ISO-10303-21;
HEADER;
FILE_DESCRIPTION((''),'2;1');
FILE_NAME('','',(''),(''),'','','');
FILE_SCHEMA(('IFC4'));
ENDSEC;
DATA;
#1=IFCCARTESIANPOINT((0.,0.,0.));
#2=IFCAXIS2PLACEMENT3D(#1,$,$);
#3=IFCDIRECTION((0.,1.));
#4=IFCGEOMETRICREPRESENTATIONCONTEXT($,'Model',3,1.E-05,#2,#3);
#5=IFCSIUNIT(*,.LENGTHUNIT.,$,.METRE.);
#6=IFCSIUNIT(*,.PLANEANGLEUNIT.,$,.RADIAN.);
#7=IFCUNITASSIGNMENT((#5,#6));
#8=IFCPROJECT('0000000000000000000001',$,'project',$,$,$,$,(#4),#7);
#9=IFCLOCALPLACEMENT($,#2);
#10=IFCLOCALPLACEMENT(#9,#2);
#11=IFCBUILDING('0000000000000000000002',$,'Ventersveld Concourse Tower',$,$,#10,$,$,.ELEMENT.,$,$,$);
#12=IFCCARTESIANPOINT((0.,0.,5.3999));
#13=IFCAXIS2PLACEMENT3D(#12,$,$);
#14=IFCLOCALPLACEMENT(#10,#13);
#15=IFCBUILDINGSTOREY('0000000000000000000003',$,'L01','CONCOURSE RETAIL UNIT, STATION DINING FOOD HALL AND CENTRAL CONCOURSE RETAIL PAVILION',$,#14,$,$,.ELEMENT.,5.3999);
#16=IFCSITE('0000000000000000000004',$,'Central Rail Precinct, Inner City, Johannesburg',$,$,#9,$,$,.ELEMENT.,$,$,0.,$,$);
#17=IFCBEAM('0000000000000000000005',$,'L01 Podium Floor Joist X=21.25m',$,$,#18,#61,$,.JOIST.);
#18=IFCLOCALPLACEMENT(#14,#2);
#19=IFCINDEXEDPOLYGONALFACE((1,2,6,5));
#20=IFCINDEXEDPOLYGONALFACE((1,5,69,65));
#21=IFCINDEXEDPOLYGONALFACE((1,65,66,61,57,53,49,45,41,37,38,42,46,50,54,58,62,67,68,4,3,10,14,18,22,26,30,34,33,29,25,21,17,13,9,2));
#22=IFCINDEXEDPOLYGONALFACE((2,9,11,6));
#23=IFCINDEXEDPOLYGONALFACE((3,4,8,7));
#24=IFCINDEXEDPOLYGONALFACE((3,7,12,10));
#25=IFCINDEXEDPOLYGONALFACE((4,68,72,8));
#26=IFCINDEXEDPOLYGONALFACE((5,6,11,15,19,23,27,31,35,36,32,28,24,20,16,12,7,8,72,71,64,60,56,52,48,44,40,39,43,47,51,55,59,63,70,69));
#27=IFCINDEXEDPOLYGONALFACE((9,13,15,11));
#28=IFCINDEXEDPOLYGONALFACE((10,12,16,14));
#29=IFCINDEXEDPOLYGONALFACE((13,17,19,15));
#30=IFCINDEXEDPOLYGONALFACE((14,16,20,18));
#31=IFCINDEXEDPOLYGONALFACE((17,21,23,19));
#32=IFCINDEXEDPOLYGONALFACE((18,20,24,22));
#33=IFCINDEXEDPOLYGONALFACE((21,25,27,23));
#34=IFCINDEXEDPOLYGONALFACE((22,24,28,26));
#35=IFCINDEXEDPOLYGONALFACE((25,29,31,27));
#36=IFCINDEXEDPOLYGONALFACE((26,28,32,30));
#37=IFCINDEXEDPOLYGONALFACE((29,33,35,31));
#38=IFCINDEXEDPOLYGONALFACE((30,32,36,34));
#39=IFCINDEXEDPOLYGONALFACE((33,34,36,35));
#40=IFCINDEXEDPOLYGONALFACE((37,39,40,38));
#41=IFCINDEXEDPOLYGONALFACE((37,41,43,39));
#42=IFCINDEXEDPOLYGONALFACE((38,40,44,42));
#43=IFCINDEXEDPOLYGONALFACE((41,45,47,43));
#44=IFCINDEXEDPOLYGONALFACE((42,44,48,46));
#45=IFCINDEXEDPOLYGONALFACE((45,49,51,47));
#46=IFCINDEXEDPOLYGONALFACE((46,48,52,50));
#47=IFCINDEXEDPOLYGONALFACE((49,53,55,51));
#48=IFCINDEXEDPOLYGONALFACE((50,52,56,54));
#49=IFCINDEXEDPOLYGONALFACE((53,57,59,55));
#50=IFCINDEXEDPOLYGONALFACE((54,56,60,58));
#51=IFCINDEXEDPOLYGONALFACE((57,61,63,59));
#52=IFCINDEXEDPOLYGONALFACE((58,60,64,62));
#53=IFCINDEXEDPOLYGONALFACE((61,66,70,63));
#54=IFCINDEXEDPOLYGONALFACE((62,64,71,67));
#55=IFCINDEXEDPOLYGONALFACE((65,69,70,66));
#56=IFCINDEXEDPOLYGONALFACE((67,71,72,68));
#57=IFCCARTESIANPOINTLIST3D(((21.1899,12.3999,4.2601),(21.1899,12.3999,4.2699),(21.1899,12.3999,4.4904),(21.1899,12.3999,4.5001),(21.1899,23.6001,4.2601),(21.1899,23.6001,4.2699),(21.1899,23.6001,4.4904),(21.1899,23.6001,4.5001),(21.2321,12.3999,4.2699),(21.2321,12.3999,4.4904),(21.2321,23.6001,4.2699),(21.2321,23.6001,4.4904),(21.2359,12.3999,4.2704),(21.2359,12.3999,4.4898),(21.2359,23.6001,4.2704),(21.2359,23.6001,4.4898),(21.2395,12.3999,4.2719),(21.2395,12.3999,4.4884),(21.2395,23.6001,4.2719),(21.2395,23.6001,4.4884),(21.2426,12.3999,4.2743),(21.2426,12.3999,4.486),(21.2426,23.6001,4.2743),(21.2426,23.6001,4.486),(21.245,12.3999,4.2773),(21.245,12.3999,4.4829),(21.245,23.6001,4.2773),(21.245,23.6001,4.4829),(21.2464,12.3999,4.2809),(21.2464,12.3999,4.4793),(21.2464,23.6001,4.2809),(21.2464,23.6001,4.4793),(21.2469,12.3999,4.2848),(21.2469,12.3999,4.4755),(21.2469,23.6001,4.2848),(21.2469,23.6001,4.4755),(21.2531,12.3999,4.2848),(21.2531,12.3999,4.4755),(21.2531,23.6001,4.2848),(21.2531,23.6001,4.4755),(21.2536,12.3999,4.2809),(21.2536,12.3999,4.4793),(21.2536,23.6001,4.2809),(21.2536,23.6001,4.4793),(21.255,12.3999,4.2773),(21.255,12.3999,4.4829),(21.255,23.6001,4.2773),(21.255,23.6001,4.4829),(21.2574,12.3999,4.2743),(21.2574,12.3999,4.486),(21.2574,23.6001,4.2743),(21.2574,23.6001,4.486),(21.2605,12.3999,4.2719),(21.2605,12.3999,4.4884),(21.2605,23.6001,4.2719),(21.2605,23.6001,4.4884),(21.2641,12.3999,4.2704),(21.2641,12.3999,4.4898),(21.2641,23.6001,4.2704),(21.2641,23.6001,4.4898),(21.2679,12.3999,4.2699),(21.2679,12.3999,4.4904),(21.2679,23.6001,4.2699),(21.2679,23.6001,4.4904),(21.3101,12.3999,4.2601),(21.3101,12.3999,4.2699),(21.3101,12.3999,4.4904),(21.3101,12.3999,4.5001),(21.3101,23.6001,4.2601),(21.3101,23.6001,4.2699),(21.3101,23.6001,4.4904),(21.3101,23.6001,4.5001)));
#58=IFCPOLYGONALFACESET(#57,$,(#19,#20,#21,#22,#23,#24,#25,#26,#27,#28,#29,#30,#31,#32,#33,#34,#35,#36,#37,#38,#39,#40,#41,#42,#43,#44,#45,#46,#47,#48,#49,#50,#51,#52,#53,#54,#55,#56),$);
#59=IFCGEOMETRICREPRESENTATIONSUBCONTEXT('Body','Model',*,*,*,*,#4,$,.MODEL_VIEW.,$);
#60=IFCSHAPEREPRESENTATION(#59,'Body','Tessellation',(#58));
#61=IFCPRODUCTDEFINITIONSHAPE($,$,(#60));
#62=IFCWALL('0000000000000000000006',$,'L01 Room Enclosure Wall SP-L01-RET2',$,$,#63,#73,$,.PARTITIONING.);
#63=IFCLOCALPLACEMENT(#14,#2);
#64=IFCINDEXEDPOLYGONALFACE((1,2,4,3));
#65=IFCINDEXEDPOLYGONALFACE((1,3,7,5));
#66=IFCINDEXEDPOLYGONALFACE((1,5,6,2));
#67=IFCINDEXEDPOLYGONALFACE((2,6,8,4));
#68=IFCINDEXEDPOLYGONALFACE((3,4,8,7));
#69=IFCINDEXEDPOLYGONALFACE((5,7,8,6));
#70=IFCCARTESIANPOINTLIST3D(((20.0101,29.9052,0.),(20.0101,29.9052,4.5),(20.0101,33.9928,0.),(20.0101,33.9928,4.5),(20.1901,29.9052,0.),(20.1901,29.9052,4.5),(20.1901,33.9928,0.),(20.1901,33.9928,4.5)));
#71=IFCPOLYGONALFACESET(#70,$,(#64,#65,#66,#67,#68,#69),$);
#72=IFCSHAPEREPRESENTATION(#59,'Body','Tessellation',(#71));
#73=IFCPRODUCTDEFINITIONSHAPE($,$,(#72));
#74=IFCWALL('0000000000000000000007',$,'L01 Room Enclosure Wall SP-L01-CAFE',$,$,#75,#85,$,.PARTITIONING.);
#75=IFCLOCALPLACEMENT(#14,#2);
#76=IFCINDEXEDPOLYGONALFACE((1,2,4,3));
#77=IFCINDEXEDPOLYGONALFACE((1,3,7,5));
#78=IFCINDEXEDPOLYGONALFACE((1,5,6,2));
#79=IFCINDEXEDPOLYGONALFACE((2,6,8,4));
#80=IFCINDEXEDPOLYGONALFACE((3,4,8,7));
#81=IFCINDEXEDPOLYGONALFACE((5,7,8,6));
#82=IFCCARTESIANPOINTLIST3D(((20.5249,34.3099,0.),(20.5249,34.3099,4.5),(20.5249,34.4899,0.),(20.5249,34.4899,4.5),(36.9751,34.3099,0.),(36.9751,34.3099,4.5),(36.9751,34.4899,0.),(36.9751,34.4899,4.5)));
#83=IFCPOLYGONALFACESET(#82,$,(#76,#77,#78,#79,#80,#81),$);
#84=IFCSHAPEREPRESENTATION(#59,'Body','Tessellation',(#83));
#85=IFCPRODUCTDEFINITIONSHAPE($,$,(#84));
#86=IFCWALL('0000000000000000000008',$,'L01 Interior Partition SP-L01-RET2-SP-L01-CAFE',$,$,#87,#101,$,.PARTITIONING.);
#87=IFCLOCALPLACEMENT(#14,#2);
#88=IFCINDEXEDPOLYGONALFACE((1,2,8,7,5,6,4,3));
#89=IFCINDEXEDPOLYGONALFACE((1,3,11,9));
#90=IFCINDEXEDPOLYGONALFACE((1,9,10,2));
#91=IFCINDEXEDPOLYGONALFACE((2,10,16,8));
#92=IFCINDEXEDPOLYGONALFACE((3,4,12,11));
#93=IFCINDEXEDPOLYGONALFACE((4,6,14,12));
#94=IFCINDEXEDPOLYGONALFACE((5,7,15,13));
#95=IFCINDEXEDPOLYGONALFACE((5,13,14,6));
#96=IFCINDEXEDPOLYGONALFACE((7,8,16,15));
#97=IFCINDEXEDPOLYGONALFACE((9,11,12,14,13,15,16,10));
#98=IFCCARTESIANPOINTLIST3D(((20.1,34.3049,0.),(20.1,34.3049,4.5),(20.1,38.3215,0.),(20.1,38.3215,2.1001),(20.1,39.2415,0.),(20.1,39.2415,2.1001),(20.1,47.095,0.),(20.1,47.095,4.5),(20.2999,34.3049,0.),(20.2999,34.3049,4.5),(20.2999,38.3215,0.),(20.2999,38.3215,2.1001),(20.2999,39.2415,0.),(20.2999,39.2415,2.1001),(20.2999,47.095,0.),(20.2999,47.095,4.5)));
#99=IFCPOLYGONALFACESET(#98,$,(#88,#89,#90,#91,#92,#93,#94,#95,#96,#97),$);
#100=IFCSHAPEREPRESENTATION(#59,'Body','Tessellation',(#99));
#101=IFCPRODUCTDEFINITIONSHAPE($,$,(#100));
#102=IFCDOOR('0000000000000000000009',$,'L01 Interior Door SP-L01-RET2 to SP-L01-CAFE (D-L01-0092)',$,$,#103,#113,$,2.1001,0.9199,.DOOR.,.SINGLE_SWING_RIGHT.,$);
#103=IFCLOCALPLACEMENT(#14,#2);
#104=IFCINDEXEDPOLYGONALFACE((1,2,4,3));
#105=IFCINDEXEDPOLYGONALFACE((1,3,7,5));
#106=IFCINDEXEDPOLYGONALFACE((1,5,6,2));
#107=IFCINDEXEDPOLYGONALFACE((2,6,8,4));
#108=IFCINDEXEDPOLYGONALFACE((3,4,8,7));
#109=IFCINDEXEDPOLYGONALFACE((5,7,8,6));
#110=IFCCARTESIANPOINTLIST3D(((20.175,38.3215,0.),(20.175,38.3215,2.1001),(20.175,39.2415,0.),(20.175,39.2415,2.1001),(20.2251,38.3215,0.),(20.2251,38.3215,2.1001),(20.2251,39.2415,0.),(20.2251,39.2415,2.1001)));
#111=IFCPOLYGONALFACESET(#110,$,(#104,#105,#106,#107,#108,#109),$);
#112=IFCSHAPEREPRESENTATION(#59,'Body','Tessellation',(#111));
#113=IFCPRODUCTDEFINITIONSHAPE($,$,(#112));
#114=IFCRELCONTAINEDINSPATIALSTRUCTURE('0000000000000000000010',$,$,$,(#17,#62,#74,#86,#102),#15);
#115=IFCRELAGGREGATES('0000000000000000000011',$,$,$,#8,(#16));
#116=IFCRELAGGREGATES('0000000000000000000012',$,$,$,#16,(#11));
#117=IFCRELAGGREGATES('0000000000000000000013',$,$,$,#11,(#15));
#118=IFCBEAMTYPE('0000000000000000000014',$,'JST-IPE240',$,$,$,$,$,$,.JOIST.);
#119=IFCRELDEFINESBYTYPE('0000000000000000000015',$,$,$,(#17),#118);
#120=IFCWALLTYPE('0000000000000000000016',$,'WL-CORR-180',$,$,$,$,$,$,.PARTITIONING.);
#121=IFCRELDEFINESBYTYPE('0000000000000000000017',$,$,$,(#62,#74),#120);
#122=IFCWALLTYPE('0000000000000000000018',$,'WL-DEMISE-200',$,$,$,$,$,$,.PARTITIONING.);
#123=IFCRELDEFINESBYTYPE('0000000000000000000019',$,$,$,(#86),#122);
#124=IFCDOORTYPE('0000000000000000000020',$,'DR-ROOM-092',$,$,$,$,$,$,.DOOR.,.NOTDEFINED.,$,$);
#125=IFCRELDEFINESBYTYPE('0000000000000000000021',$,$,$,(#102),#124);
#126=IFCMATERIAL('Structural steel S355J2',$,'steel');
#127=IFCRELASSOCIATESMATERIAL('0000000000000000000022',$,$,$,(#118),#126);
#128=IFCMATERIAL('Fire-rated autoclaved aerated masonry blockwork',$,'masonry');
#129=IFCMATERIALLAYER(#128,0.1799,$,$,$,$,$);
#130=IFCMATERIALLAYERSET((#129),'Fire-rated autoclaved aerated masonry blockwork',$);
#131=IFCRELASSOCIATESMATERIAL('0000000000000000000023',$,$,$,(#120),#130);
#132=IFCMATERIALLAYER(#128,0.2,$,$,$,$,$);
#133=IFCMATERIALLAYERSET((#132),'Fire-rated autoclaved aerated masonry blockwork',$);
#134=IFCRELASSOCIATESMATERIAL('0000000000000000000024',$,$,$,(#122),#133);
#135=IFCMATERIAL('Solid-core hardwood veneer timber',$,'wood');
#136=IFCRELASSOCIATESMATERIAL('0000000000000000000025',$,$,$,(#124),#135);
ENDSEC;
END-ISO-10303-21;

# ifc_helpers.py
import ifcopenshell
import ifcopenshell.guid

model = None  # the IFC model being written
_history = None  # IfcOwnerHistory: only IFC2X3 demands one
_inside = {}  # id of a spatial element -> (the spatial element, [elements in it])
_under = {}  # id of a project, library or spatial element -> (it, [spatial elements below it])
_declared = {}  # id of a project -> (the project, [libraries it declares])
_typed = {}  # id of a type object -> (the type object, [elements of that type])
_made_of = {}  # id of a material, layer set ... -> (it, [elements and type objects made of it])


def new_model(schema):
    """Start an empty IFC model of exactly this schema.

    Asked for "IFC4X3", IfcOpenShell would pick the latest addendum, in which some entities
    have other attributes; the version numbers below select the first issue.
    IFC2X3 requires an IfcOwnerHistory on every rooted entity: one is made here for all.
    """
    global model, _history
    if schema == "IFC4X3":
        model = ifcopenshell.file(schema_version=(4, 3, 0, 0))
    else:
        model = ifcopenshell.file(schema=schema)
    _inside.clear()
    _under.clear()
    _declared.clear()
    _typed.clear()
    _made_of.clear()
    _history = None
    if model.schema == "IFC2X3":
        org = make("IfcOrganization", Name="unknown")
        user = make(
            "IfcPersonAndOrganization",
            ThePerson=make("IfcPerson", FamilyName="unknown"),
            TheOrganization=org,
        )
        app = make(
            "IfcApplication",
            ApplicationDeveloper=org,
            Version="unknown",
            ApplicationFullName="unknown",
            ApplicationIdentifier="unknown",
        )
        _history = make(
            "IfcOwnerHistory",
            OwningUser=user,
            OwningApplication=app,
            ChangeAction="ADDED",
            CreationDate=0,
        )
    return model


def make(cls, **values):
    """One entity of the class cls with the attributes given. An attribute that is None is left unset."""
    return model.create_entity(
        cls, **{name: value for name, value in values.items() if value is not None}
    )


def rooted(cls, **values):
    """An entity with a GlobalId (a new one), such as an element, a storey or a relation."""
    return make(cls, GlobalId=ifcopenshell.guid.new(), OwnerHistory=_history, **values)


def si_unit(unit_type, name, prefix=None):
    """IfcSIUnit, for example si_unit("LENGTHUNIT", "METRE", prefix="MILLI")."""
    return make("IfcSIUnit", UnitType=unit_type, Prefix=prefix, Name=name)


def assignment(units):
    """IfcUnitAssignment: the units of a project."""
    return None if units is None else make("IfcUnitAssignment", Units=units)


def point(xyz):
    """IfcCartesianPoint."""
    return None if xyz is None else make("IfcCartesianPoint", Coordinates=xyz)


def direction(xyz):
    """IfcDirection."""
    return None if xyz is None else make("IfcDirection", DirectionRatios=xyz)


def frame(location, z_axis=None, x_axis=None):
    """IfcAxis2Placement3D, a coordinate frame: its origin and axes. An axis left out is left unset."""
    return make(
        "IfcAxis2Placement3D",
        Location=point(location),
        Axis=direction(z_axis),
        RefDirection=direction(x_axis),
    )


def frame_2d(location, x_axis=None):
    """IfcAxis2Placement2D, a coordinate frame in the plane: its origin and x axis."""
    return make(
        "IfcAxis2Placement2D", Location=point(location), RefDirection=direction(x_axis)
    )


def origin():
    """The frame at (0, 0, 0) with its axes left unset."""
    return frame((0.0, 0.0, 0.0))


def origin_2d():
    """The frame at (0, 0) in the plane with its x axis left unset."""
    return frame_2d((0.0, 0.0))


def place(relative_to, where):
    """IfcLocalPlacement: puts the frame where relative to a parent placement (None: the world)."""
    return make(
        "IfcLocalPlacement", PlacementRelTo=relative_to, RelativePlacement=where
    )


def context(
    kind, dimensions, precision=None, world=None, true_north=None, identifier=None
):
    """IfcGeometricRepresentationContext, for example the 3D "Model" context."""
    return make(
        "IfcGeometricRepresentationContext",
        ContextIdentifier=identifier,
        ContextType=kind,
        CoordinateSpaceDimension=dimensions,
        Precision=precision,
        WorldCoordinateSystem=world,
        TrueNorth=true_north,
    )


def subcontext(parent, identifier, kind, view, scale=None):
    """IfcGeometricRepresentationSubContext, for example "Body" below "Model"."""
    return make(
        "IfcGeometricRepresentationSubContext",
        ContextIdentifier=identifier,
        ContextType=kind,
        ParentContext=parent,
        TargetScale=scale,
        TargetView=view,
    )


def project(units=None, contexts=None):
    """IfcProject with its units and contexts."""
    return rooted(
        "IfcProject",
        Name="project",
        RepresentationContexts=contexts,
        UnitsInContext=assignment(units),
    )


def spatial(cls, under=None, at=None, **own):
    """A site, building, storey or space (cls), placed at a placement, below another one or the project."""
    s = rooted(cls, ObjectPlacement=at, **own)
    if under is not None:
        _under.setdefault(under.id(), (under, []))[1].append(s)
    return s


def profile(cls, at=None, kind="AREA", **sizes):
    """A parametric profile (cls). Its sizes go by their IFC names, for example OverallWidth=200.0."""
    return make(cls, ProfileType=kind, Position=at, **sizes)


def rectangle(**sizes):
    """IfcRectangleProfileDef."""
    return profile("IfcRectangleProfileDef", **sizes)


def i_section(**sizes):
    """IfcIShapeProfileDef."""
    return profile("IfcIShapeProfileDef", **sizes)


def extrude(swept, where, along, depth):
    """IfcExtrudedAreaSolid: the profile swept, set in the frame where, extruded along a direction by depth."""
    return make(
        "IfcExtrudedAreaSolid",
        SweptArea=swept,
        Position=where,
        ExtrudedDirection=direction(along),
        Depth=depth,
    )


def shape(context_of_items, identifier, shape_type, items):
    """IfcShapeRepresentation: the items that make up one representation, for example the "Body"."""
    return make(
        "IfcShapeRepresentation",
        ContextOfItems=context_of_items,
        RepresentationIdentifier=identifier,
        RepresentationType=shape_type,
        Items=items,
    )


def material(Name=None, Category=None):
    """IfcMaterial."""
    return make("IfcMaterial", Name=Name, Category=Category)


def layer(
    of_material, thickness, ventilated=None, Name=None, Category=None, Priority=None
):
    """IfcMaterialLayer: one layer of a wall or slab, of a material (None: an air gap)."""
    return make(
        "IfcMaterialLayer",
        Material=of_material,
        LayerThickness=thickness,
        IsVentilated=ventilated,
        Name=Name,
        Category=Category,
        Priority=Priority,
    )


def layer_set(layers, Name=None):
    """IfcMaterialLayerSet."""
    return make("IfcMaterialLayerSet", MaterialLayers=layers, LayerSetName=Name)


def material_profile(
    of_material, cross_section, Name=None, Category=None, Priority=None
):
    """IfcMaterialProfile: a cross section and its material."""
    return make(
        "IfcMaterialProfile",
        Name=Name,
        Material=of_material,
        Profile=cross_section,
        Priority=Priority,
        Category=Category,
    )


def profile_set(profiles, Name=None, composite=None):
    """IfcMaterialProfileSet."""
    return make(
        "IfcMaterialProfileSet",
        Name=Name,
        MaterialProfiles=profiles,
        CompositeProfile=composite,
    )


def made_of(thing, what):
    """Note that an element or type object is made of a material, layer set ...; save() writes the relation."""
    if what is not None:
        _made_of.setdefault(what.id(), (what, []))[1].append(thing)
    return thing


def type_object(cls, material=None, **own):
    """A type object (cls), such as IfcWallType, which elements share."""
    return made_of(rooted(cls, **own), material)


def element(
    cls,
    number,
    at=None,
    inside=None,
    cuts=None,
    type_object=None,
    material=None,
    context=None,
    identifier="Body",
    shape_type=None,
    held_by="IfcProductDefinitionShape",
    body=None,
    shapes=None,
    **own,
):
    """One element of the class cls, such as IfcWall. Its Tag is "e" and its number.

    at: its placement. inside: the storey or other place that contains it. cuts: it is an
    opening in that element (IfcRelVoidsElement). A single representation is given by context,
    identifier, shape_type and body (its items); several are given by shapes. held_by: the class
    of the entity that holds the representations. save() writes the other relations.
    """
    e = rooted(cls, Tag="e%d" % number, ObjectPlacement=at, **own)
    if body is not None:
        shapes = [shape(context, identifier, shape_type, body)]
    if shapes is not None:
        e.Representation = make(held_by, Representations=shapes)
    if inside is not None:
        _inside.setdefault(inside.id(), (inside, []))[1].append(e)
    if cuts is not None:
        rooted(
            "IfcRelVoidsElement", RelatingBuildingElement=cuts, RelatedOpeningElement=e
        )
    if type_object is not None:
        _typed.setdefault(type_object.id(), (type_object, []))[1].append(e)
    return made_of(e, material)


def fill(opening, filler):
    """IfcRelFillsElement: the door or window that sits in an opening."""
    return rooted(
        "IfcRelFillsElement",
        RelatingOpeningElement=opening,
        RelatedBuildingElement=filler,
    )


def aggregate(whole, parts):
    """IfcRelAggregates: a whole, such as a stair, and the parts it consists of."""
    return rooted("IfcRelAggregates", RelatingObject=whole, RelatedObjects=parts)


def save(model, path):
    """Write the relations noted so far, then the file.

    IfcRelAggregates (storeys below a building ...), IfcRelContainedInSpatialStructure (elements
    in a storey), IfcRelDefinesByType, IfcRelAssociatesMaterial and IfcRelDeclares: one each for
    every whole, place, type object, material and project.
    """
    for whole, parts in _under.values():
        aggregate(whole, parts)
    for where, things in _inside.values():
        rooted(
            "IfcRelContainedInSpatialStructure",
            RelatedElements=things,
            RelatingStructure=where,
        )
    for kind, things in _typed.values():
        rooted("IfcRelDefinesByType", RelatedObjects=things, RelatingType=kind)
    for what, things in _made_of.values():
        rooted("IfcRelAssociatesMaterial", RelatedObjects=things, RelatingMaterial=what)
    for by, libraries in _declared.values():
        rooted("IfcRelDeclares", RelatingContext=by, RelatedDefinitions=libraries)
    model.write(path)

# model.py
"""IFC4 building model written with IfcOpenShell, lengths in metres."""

from ifc_helpers import new_model, si_unit, direction, frame, frame_2d, origin, origin_2d, place, context, subcontext, project, spatial, rectangle, i_section, extrude, material, layer, layer_set, material_profile, profile_set, type_object, element, fill, save


model = new_model("IFC4")

# Units and contexts
model_context = context("Model", 3, precision=1e-05, world=origin(), true_north=direction((0.0, 1.0)))
body_context = subcontext(model_context, "Body", "Model", "MODEL_VIEW")
ifc_project = project(units=[si_unit("LENGTHUNIT", "METRE"), si_unit("PLANEANGLEUNIT", "RADIAN")], contexts=[model_context])

# Site, building, storey
site_placement = place(None, origin())
site = spatial("IfcSite", under=ifc_project, at=site_placement, Name="Central Rail Precinct, Inner City, Johannesburg", CompositionType="ELEMENT", RefElevation=0.0)
building_placement = place(site_placement, origin())
building = spatial("IfcBuilding", under=site, at=building_placement, Name="Ventersveld Concourse Tower", CompositionType="ELEMENT")
storey_placement = place(building_placement, frame((0.0, 0.0, 5.3999)))
storey = spatial("IfcBuildingStorey", under=building, at=storey_placement, Name="L01", Description="CONCOURSE RETAIL UNIT, STATION DINING FOOD HALL AND CENTRAL CONCOURSE RETAIL PAVILION", CompositionType="ELEMENT", Elevation=5.3999)

# Beam
ifc_material_1 = material(Name="Structural steel S355J2", Category="steel")
ifc_material_profile_1 = material_profile(ifc_material_1, i_section(OverallWidth=0.1201, OverallDepth=0.24, WebThickness=0.0061, FlangeThickness=0.0098, FilletRadius=0.0149, at=origin_2d()), Name="IPE 240")
ifc_profile_set_1 = profile_set([ifc_material_profile_1], Name="Structural steel S355J2")
beam_type_1 = type_object("IfcBeamType", Name="JST-IPE240", PredefinedType="JOIST", material=ifc_profile_set_1)
beam_1_placement = place(storey_placement, frame((21.25, 12.3999, 4.3801), z_axis=(0.0, 1.0, 0.0), x_axis=(-1.0, 0.0, 0.0)))
element("IfcBeam", 1, at=beam_1_placement, inside=storey, type_object=beam_type_1, Name="L01 Podium Floor Joist X=21.25m", PredefinedType="JOIST", context=body_context, shape_type="SweptSolid", body=[
    extrude(i_section(OverallWidth=0.1201, OverallDepth=0.24, WebThickness=0.0061, FlangeThickness=0.0098, FilletRadius=0.0149, at=origin_2d()), origin(), (0.0, 0.0, 1.0), 11.2002),
])

# Walls
ifc_material_2 = material(Name="Fire-rated autoclaved aerated masonry blockwork", Category="masonry")
ifc_layer_1 = layer(ifc_material_2, 0.1799)
ifc_layer_set_1 = layer_set([ifc_layer_1], Name="Fire-rated autoclaved aerated masonry blockwork")
wall_type_1 = type_object("IfcWallType", Name="WL-CORR-180", PredefinedType="PARTITIONING", material=ifc_layer_set_1)
wall_1_placement = place(storey_placement, frame((20.1001, 29.905, 0.0), z_axis=(0.0, 0.0, 1.0), x_axis=(0.0, 1.0, 0.0)))
element("IfcWall", 2, at=wall_1_placement, inside=storey, type_object=wall_type_1, Name="L01 Room Enclosure Wall SP-L01-RET2", PredefinedType="PARTITIONING", context=body_context, shape_type="SweptSolid", body=[
    extrude(rectangle(XDim=4.0876, YDim=0.1799, at=frame_2d((2.0439, 0.0))), origin(), (0.0, 0.0, 1.0), 4.5),
])
wall_2_placement = place(storey_placement, frame((20.5249, 34.3999, 0.0), z_axis=(0.0, 0.0, 1.0), x_axis=(1.0, 0.0, 0.0)))
element("IfcWall", 3, at=wall_2_placement, inside=storey, type_object=wall_type_1, Name="L01 Room Enclosure Wall SP-L01-CAFE", PredefinedType="PARTITIONING", context=body_context, shape_type="SweptSolid", body=[
    extrude(rectangle(XDim=16.4502, YDim=0.1799, at=frame_2d((8.2251, 0.0))), origin(), (0.0, 0.0, 1.0), 4.5),
])

# Wall, opening, door
ifc_layer_2 = layer(ifc_material_2, 0.2)
ifc_layer_set_2 = layer_set([ifc_layer_2], Name="Fire-rated autoclaved aerated masonry blockwork")
wall_type_2 = type_object("IfcWallType", Name="WL-DEMISE-200", PredefinedType="PARTITIONING", material=ifc_layer_set_2)
wall_3_placement = place(storey_placement, frame((20.2, 34.3049, 0.0), z_axis=(0.0, 0.0, 1.0), x_axis=(0.0, 1.0, 0.0)))
wall_3 = element("IfcWall", 4, at=wall_3_placement, inside=storey, type_object=wall_type_2, Name="L01 Interior Partition SP-L01-RET2-SP-L01-CAFE", PredefinedType="PARTITIONING", context=body_context, shape_type="SweptSolid", body=[
    extrude(rectangle(XDim=12.79, YDim=0.2, at=frame_2d((6.395, 0.0))), origin(), (0.0, 0.0, 1.0), 4.5),
])
opening_placement = place(wall_3_placement, frame((4.0166, 0.0, 0.0)))
opening = element("IfcOpeningElement", 5, at=opening_placement, cuts=wall_3, PredefinedType="OPENING", context=body_context, shape_type="SweptSolid", body=[
    extrude(rectangle(XDim=0.9199, YDim=2.1001, at=frame_2d((0.46, 1.05))), frame((0.0, 0.1099, 0.0), z_axis=(0.0, -1.0, 0.0), x_axis=(1.0, 0.0, 0.0)), (0.0, 0.0, 1.0), 0.22),
])
ifc_material_3 = material(Name="Solid-core hardwood veneer timber", Category="wood")
door_type = type_object("IfcDoorType", Name="DR-ROOM-092", OperationType="NOTDEFINED", PredefinedType="DOOR", material=ifc_material_3)
door_placement = place(opening_placement, origin())
door = element("IfcDoor", 6, at=door_placement, inside=storey, type_object=door_type, Name="L01 Interior Door SP-L01-RET2 to SP-L01-CAFE (D-L01-0092)", OperationType="SINGLE_SWING_RIGHT", OverallHeight=2.1001, OverallWidth=0.9199, PredefinedType="DOOR", context=body_context, shape_type="SweptSolid", body=[
    extrude(rectangle(XDim=0.9199, YDim=2.1001, at=frame_2d((0.46, 1.05))), frame((0.0, 0.0249, 0.0), z_axis=(0.0, -1.0, 0.0), x_axis=(1.0, 0.0, 0.0)), (0.0, 0.0, 1.0), 0.05),
])
fill(opening, door)

save(model, "model.ifc")
